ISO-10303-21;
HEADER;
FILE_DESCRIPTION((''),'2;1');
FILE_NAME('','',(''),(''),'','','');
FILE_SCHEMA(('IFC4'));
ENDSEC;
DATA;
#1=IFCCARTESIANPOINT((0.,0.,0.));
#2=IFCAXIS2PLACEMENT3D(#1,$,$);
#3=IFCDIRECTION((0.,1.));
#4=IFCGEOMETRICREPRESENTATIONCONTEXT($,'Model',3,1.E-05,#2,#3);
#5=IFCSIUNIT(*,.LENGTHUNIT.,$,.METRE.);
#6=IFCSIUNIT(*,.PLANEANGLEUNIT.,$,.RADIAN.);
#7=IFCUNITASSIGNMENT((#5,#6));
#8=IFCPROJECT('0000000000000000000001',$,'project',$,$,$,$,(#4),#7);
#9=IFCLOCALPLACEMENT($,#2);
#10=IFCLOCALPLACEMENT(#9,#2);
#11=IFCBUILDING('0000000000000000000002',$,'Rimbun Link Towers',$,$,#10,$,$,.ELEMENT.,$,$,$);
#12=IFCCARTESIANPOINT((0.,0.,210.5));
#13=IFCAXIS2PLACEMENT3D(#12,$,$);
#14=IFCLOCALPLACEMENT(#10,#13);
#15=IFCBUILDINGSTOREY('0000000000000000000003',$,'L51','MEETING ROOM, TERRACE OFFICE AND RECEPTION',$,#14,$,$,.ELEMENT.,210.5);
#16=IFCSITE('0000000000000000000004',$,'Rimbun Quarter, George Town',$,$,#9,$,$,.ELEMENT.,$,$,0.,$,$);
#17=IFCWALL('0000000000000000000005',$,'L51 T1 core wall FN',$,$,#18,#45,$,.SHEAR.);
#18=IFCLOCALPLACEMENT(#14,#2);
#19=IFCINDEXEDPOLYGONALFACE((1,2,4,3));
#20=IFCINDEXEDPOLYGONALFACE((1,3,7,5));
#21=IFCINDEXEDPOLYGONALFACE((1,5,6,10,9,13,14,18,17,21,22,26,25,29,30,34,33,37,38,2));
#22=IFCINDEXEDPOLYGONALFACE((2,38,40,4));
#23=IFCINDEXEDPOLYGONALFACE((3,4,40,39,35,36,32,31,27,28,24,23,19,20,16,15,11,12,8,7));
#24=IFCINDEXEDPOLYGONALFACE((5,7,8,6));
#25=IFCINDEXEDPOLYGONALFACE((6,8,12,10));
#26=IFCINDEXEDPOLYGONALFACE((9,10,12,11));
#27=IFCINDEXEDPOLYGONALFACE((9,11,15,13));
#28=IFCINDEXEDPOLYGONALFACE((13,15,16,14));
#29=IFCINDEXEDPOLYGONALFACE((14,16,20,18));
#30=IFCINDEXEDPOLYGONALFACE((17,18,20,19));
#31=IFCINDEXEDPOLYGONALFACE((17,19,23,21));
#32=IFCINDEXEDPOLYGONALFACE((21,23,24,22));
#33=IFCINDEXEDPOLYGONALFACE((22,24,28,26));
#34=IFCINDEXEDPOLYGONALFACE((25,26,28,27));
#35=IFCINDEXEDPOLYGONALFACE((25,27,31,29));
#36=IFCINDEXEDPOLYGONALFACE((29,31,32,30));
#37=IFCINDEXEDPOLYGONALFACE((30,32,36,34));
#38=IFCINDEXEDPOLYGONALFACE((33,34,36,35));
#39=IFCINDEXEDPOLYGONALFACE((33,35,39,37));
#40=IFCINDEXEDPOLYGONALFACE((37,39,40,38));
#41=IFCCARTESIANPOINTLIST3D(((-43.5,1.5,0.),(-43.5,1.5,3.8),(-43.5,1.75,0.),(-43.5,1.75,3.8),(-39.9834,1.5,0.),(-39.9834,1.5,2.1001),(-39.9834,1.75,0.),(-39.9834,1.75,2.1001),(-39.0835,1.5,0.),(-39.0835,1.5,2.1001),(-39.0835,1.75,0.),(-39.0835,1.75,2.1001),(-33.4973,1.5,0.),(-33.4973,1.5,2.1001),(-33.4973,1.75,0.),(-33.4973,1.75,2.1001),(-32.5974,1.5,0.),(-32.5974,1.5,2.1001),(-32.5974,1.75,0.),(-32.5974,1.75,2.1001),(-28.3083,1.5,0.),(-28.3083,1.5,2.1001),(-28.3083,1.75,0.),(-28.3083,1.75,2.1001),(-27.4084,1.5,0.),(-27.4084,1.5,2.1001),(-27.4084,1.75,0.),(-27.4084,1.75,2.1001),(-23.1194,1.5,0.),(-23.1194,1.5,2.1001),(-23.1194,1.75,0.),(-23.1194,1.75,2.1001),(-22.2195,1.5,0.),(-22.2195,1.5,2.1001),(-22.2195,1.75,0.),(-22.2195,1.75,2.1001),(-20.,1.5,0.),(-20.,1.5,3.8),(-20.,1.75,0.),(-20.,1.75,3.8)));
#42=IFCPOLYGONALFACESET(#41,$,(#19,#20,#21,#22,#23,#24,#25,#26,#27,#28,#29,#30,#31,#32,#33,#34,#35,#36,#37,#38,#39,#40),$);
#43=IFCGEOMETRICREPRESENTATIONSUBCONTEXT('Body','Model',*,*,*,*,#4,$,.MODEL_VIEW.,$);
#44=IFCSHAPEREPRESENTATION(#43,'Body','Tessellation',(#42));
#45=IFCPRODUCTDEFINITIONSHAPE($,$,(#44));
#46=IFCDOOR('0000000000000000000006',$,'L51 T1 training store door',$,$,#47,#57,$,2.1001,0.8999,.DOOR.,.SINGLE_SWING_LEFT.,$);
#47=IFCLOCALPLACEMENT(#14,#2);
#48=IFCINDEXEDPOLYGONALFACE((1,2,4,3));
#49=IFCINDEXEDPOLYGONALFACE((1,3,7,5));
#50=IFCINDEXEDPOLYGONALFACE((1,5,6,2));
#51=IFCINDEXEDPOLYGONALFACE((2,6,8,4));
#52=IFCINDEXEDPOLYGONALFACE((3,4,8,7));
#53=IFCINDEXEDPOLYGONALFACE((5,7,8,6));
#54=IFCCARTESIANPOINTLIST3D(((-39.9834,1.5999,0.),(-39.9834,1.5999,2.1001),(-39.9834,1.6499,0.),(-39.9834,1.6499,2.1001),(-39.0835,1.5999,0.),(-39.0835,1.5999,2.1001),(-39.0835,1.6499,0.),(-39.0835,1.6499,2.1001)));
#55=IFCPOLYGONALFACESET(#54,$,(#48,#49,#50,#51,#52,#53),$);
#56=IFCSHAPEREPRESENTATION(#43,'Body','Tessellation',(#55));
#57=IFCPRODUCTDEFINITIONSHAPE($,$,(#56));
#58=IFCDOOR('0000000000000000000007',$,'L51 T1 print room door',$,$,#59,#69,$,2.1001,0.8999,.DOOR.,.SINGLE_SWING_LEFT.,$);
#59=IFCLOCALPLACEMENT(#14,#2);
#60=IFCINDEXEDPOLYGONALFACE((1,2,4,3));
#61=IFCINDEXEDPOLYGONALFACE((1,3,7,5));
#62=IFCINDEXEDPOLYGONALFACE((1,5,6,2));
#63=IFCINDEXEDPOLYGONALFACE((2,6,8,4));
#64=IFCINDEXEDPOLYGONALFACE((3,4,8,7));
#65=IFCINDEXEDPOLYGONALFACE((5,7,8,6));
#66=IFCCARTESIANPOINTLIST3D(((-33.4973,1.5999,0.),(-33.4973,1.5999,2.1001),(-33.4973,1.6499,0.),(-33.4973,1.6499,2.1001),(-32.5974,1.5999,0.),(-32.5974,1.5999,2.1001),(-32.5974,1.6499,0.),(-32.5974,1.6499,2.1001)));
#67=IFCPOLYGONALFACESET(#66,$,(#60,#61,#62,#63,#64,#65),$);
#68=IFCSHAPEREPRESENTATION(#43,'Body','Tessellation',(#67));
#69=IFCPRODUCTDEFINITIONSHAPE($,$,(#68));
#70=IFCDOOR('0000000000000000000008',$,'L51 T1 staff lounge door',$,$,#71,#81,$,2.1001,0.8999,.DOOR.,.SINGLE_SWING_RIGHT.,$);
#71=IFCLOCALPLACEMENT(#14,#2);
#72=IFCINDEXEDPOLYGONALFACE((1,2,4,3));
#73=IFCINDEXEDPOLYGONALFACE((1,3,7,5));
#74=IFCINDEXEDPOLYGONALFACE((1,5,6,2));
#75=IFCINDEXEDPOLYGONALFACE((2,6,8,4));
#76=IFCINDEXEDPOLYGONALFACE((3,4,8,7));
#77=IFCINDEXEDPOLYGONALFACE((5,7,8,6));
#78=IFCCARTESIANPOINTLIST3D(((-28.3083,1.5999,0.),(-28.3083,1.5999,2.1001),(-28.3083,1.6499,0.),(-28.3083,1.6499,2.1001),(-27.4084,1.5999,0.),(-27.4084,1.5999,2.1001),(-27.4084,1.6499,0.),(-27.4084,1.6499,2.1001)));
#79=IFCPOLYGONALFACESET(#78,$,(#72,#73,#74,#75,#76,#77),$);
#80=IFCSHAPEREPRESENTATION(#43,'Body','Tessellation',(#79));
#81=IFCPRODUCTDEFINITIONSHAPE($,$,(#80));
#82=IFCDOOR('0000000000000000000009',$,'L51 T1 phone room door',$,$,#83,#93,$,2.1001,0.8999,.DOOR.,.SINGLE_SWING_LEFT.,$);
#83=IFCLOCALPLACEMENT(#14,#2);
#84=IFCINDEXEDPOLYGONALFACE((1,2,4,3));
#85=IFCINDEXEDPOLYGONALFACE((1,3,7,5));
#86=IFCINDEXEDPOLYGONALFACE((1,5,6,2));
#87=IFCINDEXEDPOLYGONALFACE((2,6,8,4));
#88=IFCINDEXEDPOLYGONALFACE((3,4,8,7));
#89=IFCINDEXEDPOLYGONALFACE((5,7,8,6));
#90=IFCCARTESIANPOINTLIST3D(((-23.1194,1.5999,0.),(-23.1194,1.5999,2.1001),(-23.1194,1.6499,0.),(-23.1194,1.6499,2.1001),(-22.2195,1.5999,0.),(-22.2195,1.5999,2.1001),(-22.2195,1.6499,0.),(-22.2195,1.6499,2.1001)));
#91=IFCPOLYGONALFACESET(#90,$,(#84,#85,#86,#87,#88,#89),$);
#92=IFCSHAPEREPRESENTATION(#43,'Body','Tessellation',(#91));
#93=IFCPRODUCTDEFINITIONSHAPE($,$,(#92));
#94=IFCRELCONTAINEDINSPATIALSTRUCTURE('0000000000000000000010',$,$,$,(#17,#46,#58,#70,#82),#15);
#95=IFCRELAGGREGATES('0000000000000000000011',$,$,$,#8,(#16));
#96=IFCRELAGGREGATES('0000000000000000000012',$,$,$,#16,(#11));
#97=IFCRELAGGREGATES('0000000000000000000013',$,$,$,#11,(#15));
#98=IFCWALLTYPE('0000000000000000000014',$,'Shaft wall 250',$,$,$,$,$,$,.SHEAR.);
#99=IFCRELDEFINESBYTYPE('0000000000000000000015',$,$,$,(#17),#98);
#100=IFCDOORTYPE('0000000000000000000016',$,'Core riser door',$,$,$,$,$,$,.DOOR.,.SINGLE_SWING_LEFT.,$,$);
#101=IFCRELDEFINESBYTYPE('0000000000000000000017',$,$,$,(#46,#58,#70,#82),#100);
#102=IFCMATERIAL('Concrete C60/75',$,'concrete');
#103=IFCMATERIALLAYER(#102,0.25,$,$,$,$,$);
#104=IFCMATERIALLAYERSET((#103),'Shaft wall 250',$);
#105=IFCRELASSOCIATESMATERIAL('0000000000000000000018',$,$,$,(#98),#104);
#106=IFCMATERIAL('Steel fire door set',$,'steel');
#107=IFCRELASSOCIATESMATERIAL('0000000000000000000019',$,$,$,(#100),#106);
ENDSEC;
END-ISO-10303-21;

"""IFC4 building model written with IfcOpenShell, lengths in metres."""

from ifc_helpers import new_model, si_unit, direction, frame, frame_2d, origin, place, context, subcontext, project, spatial, rectangle, extrude, material, layer, layer_set, type_object, element, fill, save


model = new_model("IFC4")

# Units and contexts
model_context = context("Model", 3, precision=1e-05, world=origin(), true_north=direction((0.0, 1.0)))
body_context = subcontext(model_context, "Body", "Model", "MODEL_VIEW")
ifc_project = project(units=[si_unit("LENGTHUNIT", "METRE"), si_unit("PLANEANGLEUNIT", "RADIAN")], contexts=[model_context])

# Site, building, storey
site_placement = place(None, origin())
site = spatial("IfcSite", under=ifc_project, at=site_placement, Name="Rimbun Quarter, George Town", CompositionType="ELEMENT", RefElevation=0.0)
building_placement = place(site_placement, origin())
building = spatial("IfcBuilding", under=site, at=building_placement, Name="Rimbun Link Towers", CompositionType="ELEMENT")
storey_placement = place(building_placement, frame((0.0, 0.0, 210.5)))
storey = spatial("IfcBuildingStorey", under=building, at=storey_placement, Name="L51", Description="MEETING ROOM, TERRACE OFFICE AND RECEPTION", CompositionType="ELEMENT", Elevation=210.5)

# Wall, openings, doors
ifc_material_1 = material(Name="Concrete C60/75", Category="concrete")
ifc_layer_1 = layer(ifc_material_1, 0.25)
ifc_layer_set_1 = layer_set([ifc_layer_1], Name="Shaft wall 250")
wall_type_1 = type_object("IfcWallType", Name="Shaft wall 250", PredefinedType="SHEAR", material=ifc_layer_set_1)
wall_1_placement = place(storey_placement, frame((-43.5, 1.625, 0.0), z_axis=(0.0, 0.0, 1.0), x_axis=(1.0, 0.0, 0.0)))
wall_1 = element("IfcWall", 1, at=wall_1_placement, inside=storey, type_object=wall_type_1, Name="L51 T1 core wall FN", PredefinedType="SHEAR", context=body_context, shape_type="SweptSolid", body=[
    extrude(rectangle(XDim=23.5, YDim=0.25, at=frame_2d((11.75, 0.0))), origin(), (0.0, 0.0, 1.0), 3.8),
])
opening_1_placement = place(wall_1_placement, frame((3.5166, 0.0, 0.0)))
opening_1 = element("IfcOpeningElement", 2, at=opening_1_placement, cuts=wall_1, PredefinedType="OPENING", context=body_context, shape_type="SweptSolid", body=[
    extrude(rectangle(XDim=0.8999, YDim=2.1001, at=frame_2d((0.45, 1.05))), frame((0.0, 0.135, 0.0), z_axis=(0.0, -1.0, 0.0), x_axis=(1.0, 0.0, 0.0)), (0.0, 0.0, 1.0), 0.27),
])
opening_2_placement = place(wall_1_placement, frame((10.0027, 0.0, 0.0)))
opening_2 = element("IfcOpeningElement", 3, at=opening_2_placement, cuts=wall_1, PredefinedType="OPENING", context=body_context, shape_type="SweptSolid", body=[
    extrude(rectangle(XDim=0.8999, YDim=2.1001, at=frame_2d((0.45, 1.05))), frame((0.0, 0.135, 0.0), z_axis=(0.0, -1.0, 0.0), x_axis=(1.0, 0.0, 0.0)), (0.0, 0.0, 1.0), 0.27),
])
opening_3_placement = place(wall_1_placement, frame((15.1917, 0.0, 0.0)))
opening_3 = element("IfcOpeningElement", 4, at=opening_3_placement, cuts=wall_1, PredefinedType="OPENING", context=body_context, shape_type="SweptSolid", body=[
    extrude(rectangle(XDim=0.8999, YDim=2.1001, at=frame_2d((0.45, 1.05))), frame((0.0, 0.135, 0.0), z_axis=(0.0, -1.0, 0.0), x_axis=(1.0, 0.0, 0.0)), (0.0, 0.0, 1.0), 0.27),
])
opening_4_placement = place(wall_1_placement, frame((20.3806, 0.0, 0.0)))
opening_4 = element("IfcOpeningElement", 5, at=opening_4_placement, cuts=wall_1, PredefinedType="OPENING", context=body_context, shape_type="SweptSolid", body=[
    extrude(rectangle(XDim=0.8999, YDim=2.1001, at=frame_2d((0.45, 1.05))), frame((0.0, 0.135, 0.0), z_axis=(0.0, -1.0, 0.0), x_axis=(1.0, 0.0, 0.0)), (0.0, 0.0, 1.0), 0.27),
])
ifc_material_2 = material(Name="Steel fire door set", Category="steel")
door_type_1 = type_object("IfcDoorType", Name="Core riser door", OperationType="SINGLE_SWING_LEFT", PredefinedType="DOOR", material=ifc_material_2)
door_1_placement = place(opening_1_placement, origin())
door_1 = element("IfcDoor", 6, at=door_1_placement, inside=storey, type_object=door_type_1, Name="L51 T1 training store door", OperationType="SINGLE_SWING_LEFT", OverallHeight=2.1001, OverallWidth=0.8999, PredefinedType="DOOR", context=body_context, shape_type="SweptSolid", body=[
    extrude(rectangle(XDim=0.8999, YDim=2.1001, at=frame_2d((0.45, 1.05))), frame((0.0, 0.0249, 0.0), z_axis=(0.0, -1.0, 0.0), x_axis=(1.0, 0.0, 0.0)), (0.0, 0.0, 1.0), 0.05),
])
fill(opening_1, door_1)
door_2_placement = place(opening_2_placement, origin())
door_2 = element("IfcDoor", 7, at=door_2_placement, inside=storey, type_object=door_type_1, Name="L51 T1 print room door", OperationType="SINGLE_SWING_LEFT", OverallHeight=2.1001, OverallWidth=0.8999, PredefinedType="DOOR", context=body_context, shape_type="SweptSolid", body=[
    extrude(rectangle(XDim=0.8999, YDim=2.1001, at=frame_2d((0.45, 1.05))), frame((0.0, 0.0249, 0.0), z_axis=(0.0, -1.0, 0.0), x_axis=(1.0, 0.0, 0.0)), (0.0, 0.0, 1.0), 0.05),
])
fill(opening_2, door_2)
door_3_placement = place(opening_3_placement, origin())
door_3 = element("IfcDoor", 8, at=door_3_placement, inside=storey, type_object=door_type_1, Name="L51 T1 staff lounge door", OperationType="SINGLE_SWING_RIGHT", OverallHeight=2.1001, OverallWidth=0.8999, PredefinedType="DOOR", context=body_context, shape_type="SweptSolid", body=[
    extrude(rectangle(XDim=0.8999, YDim=2.1001, at=frame_2d((0.45, 1.05))), frame((0.0, 0.0249, 0.0), z_axis=(0.0, -1.0, 0.0), x_axis=(1.0, 0.0, 0.0)), (0.0, 0.0, 1.0), 0.05),
])
fill(opening_3, door_3)
door_4_placement = place(opening_4_placement, origin())
door_4 = element("IfcDoor", 9, at=door_4_placement, inside=storey, type_object=door_type_1, Name="L51 T1 phone room door", OperationType="SINGLE_SWING_LEFT", OverallHeight=2.1001, OverallWidth=0.8999, PredefinedType="DOOR", context=body_context, shape_type="SweptSolid", body=[
    extrude(rectangle(XDim=0.8999, YDim=2.1001, at=frame_2d((0.45, 1.05))), frame((0.0, 0.0249, 0.0), z_axis=(0.0, -1.0, 0.0), x_axis=(1.0, 0.0, 0.0)), (0.0, 0.0, 1.0), 0.05),
])
fill(opening_4, door_4)

save(model, "model.ifc")
